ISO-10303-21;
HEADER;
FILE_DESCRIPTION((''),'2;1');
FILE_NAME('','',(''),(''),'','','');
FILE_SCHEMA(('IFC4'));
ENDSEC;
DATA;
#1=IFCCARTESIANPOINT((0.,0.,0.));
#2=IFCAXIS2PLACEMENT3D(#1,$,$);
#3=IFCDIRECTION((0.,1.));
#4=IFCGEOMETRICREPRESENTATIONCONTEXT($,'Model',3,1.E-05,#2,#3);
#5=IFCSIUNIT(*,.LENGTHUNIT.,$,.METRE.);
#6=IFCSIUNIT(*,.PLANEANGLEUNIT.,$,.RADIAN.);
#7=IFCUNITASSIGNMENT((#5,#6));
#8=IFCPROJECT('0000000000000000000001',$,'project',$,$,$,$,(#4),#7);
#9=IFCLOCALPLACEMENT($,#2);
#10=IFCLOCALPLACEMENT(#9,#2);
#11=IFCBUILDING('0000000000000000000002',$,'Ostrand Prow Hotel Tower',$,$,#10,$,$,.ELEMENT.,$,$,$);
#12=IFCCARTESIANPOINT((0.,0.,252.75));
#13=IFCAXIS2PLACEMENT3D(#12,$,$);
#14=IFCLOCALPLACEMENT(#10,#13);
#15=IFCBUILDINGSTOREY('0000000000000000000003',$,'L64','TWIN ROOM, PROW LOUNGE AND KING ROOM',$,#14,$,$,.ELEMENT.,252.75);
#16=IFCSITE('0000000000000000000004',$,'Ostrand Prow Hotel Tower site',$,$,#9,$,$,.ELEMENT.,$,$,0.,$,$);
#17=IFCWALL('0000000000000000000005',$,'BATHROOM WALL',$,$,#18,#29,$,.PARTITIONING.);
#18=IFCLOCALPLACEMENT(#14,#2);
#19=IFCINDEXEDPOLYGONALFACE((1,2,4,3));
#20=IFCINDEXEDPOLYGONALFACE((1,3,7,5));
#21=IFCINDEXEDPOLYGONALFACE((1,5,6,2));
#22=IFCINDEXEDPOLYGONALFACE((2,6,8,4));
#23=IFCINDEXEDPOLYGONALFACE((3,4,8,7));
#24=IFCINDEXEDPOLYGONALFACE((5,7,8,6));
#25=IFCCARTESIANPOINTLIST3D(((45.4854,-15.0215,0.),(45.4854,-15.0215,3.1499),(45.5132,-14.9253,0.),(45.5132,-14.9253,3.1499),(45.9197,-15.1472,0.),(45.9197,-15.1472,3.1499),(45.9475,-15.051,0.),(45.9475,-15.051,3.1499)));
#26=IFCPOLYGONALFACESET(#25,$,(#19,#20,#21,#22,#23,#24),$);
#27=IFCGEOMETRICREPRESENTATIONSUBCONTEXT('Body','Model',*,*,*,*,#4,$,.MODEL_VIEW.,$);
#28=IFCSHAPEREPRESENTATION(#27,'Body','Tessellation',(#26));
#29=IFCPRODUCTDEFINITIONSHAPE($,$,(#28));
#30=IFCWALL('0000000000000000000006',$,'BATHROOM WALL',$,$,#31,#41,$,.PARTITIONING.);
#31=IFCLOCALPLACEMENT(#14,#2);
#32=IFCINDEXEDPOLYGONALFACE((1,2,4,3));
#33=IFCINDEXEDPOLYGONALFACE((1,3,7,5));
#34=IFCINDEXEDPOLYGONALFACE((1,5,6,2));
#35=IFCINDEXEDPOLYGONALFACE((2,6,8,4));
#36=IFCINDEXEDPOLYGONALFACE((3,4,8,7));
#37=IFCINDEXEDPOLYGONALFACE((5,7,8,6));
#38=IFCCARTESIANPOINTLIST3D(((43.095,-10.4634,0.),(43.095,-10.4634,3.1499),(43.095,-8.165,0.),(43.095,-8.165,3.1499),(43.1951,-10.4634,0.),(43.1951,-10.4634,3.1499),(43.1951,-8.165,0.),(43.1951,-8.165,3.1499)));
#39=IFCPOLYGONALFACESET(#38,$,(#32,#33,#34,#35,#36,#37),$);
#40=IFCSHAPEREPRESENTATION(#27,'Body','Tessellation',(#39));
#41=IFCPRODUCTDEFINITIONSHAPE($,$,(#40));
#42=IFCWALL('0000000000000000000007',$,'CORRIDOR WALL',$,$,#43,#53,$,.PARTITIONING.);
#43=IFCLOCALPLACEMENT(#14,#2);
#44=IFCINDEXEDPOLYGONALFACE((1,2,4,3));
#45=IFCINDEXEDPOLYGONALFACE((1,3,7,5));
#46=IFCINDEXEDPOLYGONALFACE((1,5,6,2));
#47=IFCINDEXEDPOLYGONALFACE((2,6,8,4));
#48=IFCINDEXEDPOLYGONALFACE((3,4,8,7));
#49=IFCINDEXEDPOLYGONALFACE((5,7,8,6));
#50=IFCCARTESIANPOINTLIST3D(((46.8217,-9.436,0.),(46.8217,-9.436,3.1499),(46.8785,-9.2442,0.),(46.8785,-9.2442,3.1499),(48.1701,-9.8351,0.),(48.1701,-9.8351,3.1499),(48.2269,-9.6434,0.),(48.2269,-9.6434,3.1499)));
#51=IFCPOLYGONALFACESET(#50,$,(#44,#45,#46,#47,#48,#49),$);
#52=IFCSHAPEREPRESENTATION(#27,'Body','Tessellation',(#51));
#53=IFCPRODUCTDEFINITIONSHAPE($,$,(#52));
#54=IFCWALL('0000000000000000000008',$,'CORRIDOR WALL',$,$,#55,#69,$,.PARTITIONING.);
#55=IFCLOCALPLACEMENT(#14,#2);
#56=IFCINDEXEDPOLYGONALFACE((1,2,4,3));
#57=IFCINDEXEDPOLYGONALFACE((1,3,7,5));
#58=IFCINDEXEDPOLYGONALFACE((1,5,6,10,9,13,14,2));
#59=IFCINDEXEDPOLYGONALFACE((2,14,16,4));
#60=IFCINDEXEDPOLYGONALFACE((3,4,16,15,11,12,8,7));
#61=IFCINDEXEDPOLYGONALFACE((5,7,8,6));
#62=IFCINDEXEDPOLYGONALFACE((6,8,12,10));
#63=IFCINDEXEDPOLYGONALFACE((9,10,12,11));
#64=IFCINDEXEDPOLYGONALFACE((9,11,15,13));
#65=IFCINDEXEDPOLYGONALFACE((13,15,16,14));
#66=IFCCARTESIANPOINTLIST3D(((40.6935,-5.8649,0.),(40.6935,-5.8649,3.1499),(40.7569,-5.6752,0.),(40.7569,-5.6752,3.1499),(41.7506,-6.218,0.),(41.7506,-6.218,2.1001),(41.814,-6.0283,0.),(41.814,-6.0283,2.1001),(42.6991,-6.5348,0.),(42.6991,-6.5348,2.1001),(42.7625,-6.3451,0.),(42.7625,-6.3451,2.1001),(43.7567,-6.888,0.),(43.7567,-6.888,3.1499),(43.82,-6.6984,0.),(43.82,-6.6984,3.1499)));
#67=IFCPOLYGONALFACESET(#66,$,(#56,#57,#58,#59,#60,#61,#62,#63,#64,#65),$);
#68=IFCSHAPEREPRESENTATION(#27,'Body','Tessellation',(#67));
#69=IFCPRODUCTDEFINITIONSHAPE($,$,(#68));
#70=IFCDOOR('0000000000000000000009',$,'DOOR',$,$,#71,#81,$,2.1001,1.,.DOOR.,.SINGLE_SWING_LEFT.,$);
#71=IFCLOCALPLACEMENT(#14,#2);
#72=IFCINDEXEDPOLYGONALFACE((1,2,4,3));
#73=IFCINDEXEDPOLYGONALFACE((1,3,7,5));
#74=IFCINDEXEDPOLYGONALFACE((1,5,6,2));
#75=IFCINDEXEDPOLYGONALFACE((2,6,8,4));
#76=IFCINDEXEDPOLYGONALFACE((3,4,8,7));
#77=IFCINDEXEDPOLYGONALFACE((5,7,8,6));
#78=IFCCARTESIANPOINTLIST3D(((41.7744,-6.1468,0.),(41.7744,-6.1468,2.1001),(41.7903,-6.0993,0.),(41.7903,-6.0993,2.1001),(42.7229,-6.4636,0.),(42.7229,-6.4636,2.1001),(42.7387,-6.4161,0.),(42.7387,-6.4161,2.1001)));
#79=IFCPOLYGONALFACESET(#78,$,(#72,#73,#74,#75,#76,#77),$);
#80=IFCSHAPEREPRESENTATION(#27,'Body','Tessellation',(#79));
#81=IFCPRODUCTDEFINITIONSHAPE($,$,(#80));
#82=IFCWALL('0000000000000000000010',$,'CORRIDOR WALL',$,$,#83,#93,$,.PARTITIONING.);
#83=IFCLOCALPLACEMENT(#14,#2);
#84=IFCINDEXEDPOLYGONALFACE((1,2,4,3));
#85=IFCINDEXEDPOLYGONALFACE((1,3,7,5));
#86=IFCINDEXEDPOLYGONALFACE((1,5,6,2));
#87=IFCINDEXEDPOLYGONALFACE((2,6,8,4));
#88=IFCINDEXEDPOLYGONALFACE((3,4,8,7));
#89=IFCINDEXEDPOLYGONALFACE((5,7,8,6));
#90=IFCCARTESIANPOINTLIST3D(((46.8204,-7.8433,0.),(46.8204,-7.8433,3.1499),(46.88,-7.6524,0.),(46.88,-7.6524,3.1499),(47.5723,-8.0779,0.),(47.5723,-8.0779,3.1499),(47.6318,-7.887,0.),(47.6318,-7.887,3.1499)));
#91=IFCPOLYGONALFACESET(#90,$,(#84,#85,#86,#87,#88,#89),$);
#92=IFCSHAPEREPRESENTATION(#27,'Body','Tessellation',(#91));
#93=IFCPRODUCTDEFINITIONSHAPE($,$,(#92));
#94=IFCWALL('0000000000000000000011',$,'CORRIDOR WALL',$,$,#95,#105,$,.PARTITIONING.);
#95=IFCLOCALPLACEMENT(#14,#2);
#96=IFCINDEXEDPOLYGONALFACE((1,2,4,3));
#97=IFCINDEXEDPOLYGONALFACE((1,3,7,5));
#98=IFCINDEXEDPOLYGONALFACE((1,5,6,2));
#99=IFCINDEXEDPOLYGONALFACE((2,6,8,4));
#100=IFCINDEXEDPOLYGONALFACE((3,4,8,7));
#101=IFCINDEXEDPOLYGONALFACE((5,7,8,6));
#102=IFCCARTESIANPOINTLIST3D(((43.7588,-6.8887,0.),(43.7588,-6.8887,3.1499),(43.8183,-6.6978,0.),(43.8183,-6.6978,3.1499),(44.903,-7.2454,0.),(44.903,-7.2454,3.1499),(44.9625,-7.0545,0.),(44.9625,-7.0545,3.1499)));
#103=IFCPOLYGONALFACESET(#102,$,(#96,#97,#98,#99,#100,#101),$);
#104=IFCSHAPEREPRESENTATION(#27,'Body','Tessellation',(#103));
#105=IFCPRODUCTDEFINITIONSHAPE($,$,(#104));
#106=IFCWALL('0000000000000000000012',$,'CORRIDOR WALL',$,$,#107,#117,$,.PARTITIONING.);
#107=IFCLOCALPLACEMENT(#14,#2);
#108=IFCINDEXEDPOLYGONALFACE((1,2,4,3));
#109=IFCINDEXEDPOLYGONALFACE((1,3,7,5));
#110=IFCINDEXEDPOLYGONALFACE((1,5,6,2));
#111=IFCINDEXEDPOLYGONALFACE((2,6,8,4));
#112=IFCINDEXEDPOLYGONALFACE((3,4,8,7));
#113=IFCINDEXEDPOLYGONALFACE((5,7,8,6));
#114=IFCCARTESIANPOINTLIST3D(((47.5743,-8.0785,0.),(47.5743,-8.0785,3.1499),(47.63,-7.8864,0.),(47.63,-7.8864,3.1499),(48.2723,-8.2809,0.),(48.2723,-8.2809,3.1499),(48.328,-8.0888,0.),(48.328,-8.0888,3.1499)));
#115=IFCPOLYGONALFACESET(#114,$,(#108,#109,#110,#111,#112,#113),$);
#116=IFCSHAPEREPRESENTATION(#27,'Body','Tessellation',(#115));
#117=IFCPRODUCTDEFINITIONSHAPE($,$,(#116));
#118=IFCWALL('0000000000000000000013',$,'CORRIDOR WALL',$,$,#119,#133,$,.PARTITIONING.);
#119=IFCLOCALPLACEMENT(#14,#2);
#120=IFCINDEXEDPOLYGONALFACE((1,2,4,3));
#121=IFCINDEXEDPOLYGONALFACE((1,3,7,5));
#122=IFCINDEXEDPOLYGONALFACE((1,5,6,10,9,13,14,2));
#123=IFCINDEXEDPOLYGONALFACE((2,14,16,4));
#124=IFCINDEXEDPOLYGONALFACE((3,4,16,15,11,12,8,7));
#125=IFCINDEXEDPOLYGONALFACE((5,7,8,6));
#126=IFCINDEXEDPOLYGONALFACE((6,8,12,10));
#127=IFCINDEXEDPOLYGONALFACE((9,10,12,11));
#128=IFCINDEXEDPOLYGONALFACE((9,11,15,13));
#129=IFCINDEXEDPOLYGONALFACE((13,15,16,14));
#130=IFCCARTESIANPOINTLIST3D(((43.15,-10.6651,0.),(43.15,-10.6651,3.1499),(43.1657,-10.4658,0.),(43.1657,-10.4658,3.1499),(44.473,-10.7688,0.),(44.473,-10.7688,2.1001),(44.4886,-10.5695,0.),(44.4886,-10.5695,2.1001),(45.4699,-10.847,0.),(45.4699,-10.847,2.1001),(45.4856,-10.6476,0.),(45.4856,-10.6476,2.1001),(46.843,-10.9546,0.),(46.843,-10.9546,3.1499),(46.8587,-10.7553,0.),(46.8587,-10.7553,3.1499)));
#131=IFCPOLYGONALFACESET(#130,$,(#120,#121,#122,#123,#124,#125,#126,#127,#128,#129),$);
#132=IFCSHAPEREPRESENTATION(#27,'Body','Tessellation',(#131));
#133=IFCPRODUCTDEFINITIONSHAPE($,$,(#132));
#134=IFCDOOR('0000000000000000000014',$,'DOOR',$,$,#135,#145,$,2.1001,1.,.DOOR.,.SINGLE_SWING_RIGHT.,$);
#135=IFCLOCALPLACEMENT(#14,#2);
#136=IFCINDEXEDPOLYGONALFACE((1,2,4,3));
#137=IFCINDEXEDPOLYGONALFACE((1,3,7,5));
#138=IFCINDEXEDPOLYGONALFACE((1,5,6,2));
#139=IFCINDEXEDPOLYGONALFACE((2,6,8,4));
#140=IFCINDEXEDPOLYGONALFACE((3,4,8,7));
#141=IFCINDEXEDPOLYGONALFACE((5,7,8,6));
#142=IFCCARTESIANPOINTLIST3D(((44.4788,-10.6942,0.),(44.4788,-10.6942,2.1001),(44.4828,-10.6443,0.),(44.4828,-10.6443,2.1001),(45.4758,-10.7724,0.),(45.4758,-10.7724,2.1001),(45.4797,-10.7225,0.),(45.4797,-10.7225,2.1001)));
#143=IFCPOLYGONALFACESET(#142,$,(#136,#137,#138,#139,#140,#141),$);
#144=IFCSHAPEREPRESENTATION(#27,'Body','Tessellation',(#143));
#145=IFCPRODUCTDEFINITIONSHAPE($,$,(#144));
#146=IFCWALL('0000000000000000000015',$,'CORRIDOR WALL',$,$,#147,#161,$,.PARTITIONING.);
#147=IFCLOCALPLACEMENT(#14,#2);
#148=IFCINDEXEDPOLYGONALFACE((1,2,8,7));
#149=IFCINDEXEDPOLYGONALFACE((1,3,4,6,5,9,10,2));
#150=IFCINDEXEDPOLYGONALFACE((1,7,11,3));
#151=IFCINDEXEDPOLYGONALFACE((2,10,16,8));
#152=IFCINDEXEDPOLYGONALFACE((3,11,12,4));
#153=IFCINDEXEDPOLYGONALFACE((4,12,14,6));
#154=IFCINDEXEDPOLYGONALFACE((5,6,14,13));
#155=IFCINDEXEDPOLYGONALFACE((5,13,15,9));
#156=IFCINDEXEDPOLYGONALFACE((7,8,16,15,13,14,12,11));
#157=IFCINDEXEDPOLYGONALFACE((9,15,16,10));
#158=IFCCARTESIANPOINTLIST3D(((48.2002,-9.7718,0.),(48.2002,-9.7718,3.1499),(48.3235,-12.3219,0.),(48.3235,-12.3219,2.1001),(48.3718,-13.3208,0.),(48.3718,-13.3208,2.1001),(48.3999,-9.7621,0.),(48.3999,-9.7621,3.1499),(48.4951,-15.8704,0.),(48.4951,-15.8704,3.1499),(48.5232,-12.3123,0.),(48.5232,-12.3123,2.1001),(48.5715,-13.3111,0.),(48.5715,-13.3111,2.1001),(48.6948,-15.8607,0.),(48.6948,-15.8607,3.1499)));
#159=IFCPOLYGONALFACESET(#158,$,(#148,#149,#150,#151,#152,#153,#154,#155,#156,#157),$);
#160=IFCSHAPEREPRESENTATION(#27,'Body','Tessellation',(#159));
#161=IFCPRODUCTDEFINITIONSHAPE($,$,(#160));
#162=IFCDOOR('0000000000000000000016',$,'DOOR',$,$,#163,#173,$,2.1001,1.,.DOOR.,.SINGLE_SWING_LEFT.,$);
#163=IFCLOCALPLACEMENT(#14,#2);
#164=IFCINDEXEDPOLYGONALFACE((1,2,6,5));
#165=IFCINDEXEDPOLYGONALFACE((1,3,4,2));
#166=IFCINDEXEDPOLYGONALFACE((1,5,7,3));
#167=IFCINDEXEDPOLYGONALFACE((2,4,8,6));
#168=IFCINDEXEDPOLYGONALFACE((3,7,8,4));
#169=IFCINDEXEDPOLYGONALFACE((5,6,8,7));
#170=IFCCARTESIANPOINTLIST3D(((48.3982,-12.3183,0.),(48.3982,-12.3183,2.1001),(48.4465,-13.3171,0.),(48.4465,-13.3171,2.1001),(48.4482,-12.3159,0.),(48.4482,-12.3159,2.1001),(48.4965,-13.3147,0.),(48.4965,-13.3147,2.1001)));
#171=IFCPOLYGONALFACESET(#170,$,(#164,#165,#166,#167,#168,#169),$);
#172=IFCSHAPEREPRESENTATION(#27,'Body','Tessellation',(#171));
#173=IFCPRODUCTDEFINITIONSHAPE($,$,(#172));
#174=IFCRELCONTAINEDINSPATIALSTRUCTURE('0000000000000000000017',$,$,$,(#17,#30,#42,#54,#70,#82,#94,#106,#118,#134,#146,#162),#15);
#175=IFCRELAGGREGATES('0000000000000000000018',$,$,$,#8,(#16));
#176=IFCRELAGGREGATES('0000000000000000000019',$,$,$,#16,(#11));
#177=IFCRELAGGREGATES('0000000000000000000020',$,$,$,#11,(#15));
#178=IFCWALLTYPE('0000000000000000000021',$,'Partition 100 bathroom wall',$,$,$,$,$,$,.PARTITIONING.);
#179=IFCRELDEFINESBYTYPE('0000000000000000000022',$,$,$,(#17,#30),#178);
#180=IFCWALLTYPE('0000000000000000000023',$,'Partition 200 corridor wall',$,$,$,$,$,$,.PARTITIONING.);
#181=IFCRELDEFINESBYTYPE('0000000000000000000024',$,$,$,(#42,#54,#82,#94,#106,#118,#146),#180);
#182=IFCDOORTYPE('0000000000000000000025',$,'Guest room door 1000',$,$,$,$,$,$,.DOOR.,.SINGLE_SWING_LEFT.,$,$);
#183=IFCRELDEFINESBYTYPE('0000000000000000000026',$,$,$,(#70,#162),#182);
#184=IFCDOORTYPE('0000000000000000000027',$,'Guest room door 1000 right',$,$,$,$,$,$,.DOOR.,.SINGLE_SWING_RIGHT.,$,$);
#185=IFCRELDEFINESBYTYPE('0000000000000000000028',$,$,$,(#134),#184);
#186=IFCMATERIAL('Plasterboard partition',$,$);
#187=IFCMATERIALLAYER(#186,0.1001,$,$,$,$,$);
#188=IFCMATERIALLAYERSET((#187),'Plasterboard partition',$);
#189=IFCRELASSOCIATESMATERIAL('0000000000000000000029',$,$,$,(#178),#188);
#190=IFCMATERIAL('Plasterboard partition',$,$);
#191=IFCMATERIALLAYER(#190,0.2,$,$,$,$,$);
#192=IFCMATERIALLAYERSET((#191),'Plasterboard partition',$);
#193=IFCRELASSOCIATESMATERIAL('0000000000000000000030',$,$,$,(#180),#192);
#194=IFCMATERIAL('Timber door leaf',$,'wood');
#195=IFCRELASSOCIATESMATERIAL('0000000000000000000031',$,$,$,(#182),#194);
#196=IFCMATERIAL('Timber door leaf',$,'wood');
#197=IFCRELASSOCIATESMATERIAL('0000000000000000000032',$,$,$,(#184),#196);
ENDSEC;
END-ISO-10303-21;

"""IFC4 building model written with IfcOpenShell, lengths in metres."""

from ifc_helpers import new_model, si_unit, direction, frame, frame_2d, origin, place, context, subcontext, project, spatial, rectangle, extrude, material, layer, layer_set, type_object, element, fill, save


model = new_model("IFC4")

# Units and contexts
model_context = context("Model", 3, precision=1e-05, world=origin(), true_north=direction((0.0, 1.0)))
body_context = subcontext(model_context, "Body", "Model", "MODEL_VIEW")
ifc_project = project(units=[si_unit("LENGTHUNIT", "METRE"), si_unit("PLANEANGLEUNIT", "RADIAN")], contexts=[model_context])

# Site, building, storey
site_placement = place(None, origin())
site = spatial("IfcSite", under=ifc_project, at=site_placement, Name="Ostrand Prow Hotel Tower site", CompositionType="ELEMENT", RefElevation=0.0)
building_placement = place(site_placement, origin())
building = spatial("IfcBuilding", under=site, at=building_placement, Name="Ostrand Prow Hotel Tower", CompositionType="ELEMENT")
storey_placement = place(building_placement, frame((0.0, 0.0, 252.75)))
storey = spatial("IfcBuildingStorey", under=building, at=storey_placement, Name="L64", Description="TWIN ROOM, PROW LOUNGE AND KING ROOM", CompositionType="ELEMENT", Elevation=252.75)

# Walls
ifc_material_1 = material(Name="Plasterboard partition")
ifc_layer_1 = layer(ifc_material_1, 0.1001)
ifc_layer_set_1 = layer_set([ifc_layer_1], Name="Plasterboard partition")
wall_type_1 = type_object("IfcWallType", Name="Partition 100 bathroom wall", PredefinedType="PARTITIONING", material=ifc_layer_set_1)
wall_1_placement = place(storey_placement, frame((45.4993, -14.9734, 0.0), z_axis=(0.0, 0.0, 1.0), x_axis=(0.96056, -0.278071, 0.0)))
element("IfcWall", 1, at=wall_1_placement, inside=storey, type_object=wall_type_1, Name="BATHROOM WALL", PredefinedType="PARTITIONING", context=body_context, shape_type="SweptSolid", body=[
    extrude(rectangle(XDim=0.4521, YDim=0.1001, at=frame_2d((0.2261, 0.0))), origin(), (0.0, 0.0, 1.0), 3.1499),
])
wall_2_placement = place(storey_placement, frame((43.145, -8.165, 0.0), z_axis=(0.0, 0.0, 1.0), x_axis=(0.0, -1.0, 0.0)))
element("IfcWall", 2, at=wall_2_placement, inside=storey, type_object=wall_type_1, Name="BATHROOM WALL", PredefinedType="PARTITIONING", context=body_context, shape_type="SweptSolid", body=[
    extrude(rectangle(XDim=2.2983, YDim=0.1001, at=frame_2d((1.1492, 0.0))), origin(), (0.0, 0.0, 1.0), 3.1499),
])
ifc_material_2 = material(Name="Plasterboard partition")
ifc_layer_2 = layer(ifc_material_2, 0.2)
ifc_layer_set_2 = layer_set([ifc_layer_2], Name="Plasterboard partition")
wall_type_2 = type_object("IfcWallType", Name="Partition 200 corridor wall", PredefinedType="PARTITIONING", material=ifc_layer_set_2)
wall_3_placement = place(storey_placement, frame((46.8501, -9.3401, 0.0), z_axis=(0.0, 0.0, 1.0), x_axis=(0.958866, -0.283858, 0.0)))
element("IfcWall", 3, at=wall_3_placement, inside=storey, type_object=wall_type_2, Name="CORRIDOR WALL", PredefinedType="PARTITIONING", context=body_context, shape_type="SweptSolid", body=[
    extrude(rectangle(XDim=1.4062, YDim=0.2, at=frame_2d((0.7031, 0.0))), origin(), (0.0, 0.0, 1.0), 3.1499),
])

# Wall, opening, door
wall_4_placement = place(storey_placement, frame((43.7883, -6.7932, 0.0), z_axis=(0.0, 0.0, 1.0), x_axis=(-0.948487, 0.316817, 0.0)))
wall_4 = element("IfcWall", 4, at=wall_4_placement, inside=storey, type_object=wall_type_2, Name="CORRIDOR WALL", PredefinedType="PARTITIONING", context=body_context, shape_type="SweptSolid", body=[
    extrude(rectangle(XDim=3.2295, YDim=0.2, at=frame_2d((1.6147, 0.0))), origin(), (0.0, 0.0, 1.0), 3.1499),
])
opening_1_placement = place(wall_4_placement, frame((1.115, 0.0, 0.0)))
opening_1 = element("IfcOpeningElement", 5, at=opening_1_placement, cuts=wall_4, PredefinedType="OPENING", context=body_context, shape_type="SweptSolid", body=[
    extrude(rectangle(XDim=1.0, YDim=2.1001, at=frame_2d((0.5, 1.05))), frame((0.0, 0.1099, 0.0), z_axis=(0.0, -1.0, 0.0), x_axis=(1.0, 0.0, 0.0)), (0.0, 0.0, 1.0), 0.22),
])
ifc_material_3 = material(Name="Timber door leaf", Category="wood")
door_type_1 = type_object("IfcDoorType", Name="Guest room door 1000", OperationType="SINGLE_SWING_LEFT", PredefinedType="DOOR", material=ifc_material_3)
door_1_placement = place(opening_1_placement, origin())
door_1 = element("IfcDoor", 6, at=door_1_placement, inside=storey, type_object=door_type_1, Name="DOOR", OperationType="SINGLE_SWING_LEFT", OverallHeight=2.1001, OverallWidth=1.0, PredefinedType="DOOR", context=body_context, shape_type="SweptSolid", body=[
    extrude(rectangle(XDim=1.0, YDim=2.1001, at=frame_2d((0.5, 1.05))), frame((0.0, 0.0249, 0.0), z_axis=(0.0, -1.0, 0.0), x_axis=(1.0, 0.0, 0.0)), (0.0, 0.0, 1.0), 0.05),
])
fill(opening_1, door_1)

# Walls
wall_5_placement = place(storey_placement, frame((47.6021, -7.9824, 0.0), z_axis=(0.0, 0.0, 1.0), x_axis=(-0.954612, 0.297851, 0.0)))
element("IfcWall", 7, at=wall_5_placement, inside=storey, type_object=wall_type_2, Name="CORRIDOR WALL", PredefinedType="PARTITIONING", context=body_context, shape_type="SweptSolid", body=[
    extrude(rectangle(XDim=0.7876, YDim=0.2, at=frame_2d((0.3938, 0.0))), origin(), (0.0, 0.0, 1.0), 3.1499),
])
wall_6_placement = place(storey_placement, frame((44.9326, -7.1499, 0.0), z_axis=(0.0, 0.0, 1.0), x_axis=(-0.954694, 0.297591, 0.0)))
element("IfcWall", 8, at=wall_6_placement, inside=storey, type_object=wall_type_2, Name="CORRIDOR WALL", PredefinedType="PARTITIONING", context=body_context, shape_type="SweptSolid", body=[
    extrude(rectangle(XDim=1.1985, YDim=0.2, at=frame_2d((0.5991, 0.0))), origin(), (0.0, 0.0, 1.0), 3.1499),
])
wall_7_placement = place(storey_placement, frame((48.3, -8.1848, 0.0), z_axis=(0.0, 0.0, 1.0), x_axis=(-0.960439, 0.27849, 0.0)))
element("IfcWall", 9, at=wall_7_placement, inside=storey, type_object=wall_type_2, Name="CORRIDOR WALL", PredefinedType="PARTITIONING", context=body_context, shape_type="SweptSolid", body=[
    extrude(rectangle(XDim=0.7268, YDim=0.2, at=frame_2d((0.3633, 0.0))), origin(), (0.0, 0.0, 1.0), 3.1499),
])

# Walls, openings, doors
wall_8_placement = place(storey_placement, frame((43.158, -10.5654, 0.0), z_axis=(0.0, 0.0, 1.0), x_axis=(0.996941, -0.078163, 0.0)))
wall_8 = element("IfcWall", 10, at=wall_8_placement, inside=storey, type_object=wall_type_2, Name="CORRIDOR WALL", PredefinedType="PARTITIONING", context=body_context, shape_type="SweptSolid", body=[
    extrude(rectangle(XDim=3.7043, YDim=0.2, at=frame_2d((1.8521, 0.0))), origin(), (0.0, 0.0, 1.0), 3.1499),
])
opening_2_placement = place(wall_8_placement, frame((1.3269, 0.0, 0.0)))
opening_2 = element("IfcOpeningElement", 11, at=opening_2_placement, cuts=wall_8, PredefinedType="OPENING", context=body_context, shape_type="SweptSolid", body=[
    extrude(rectangle(XDim=1.0, YDim=2.1001, at=frame_2d((0.5, 1.05))), frame((0.0, 0.1099, 0.0), z_axis=(0.0, -1.0, 0.0), x_axis=(1.0, 0.0, 0.0)), (0.0, 0.0, 1.0), 0.22),
])
ifc_material_4 = material(Name="Timber door leaf", Category="wood")
door_type_2 = type_object("IfcDoorType", Name="Guest room door 1000 right", OperationType="SINGLE_SWING_RIGHT", PredefinedType="DOOR", material=ifc_material_4)
door_2_placement = place(opening_2_placement, origin())
door_2 = element("IfcDoor", 12, at=door_2_placement, inside=storey, type_object=door_type_2, Name="DOOR", OperationType="SINGLE_SWING_RIGHT", OverallHeight=2.1001, OverallWidth=1.0, PredefinedType="DOOR", context=body_context, shape_type="SweptSolid", body=[
    extrude(rectangle(XDim=1.0, YDim=2.1001, at=frame_2d((0.5, 1.05))), frame((0.0, 0.0249, 0.0), z_axis=(0.0, -1.0, 0.0), x_axis=(1.0, 0.0, 0.0)), (0.0, 0.0, 1.0), 0.05),
])
fill(opening_2, door_2)
wall_9_placement = place(storey_placement, frame((48.3, -9.7671, 0.0), z_axis=(0.0, 0.0, 1.0), x_axis=(0.048302, -0.998833, 0.0)))
wall_9 = element("IfcWall", 13, at=wall_9_placement, inside=storey, type_object=wall_type_2, Name="CORRIDOR WALL", PredefinedType="PARTITIONING", context=body_context, shape_type="SweptSolid", body=[
    extrude(rectangle(XDim=6.1057, YDim=0.2, at=frame_2d((3.0527, 0.0))), origin(), (0.0, 0.0, 1.0), 3.1499),
])
opening_3_placement = place(wall_9_placement, frame((2.553, 0.0, 0.0)))
opening_3 = element("IfcOpeningElement", 14, at=opening_3_placement, cuts=wall_9, PredefinedType="OPENING", context=body_context, shape_type="SweptSolid", body=[
    extrude(rectangle(XDim=1.0, YDim=2.1001, at=frame_2d((0.5, 1.05))), frame((0.0, 0.1099, 0.0), z_axis=(0.0, -1.0, 0.0), x_axis=(1.0, 0.0, 0.0)), (0.0, 0.0, 1.0), 0.22),
])
door_3_placement = place(opening_3_placement, origin())
door_3 = element("IfcDoor", 15, at=door_3_placement, inside=storey, type_object=door_type_1, Name="DOOR", OperationType="SINGLE_SWING_LEFT", OverallHeight=2.1001, OverallWidth=1.0, PredefinedType="DOOR", context=body_context, shape_type="SweptSolid", body=[
    extrude(rectangle(XDim=1.0, YDim=2.1001, at=frame_2d((0.5, 1.05))), frame((0.0, 0.0249, 0.0), z_axis=(0.0, -1.0, 0.0), x_axis=(1.0, 0.0, 0.0)), (0.0, 0.0, 1.0), 0.05),
])
fill(opening_3, door_3)

save(model, "model.ifc")
